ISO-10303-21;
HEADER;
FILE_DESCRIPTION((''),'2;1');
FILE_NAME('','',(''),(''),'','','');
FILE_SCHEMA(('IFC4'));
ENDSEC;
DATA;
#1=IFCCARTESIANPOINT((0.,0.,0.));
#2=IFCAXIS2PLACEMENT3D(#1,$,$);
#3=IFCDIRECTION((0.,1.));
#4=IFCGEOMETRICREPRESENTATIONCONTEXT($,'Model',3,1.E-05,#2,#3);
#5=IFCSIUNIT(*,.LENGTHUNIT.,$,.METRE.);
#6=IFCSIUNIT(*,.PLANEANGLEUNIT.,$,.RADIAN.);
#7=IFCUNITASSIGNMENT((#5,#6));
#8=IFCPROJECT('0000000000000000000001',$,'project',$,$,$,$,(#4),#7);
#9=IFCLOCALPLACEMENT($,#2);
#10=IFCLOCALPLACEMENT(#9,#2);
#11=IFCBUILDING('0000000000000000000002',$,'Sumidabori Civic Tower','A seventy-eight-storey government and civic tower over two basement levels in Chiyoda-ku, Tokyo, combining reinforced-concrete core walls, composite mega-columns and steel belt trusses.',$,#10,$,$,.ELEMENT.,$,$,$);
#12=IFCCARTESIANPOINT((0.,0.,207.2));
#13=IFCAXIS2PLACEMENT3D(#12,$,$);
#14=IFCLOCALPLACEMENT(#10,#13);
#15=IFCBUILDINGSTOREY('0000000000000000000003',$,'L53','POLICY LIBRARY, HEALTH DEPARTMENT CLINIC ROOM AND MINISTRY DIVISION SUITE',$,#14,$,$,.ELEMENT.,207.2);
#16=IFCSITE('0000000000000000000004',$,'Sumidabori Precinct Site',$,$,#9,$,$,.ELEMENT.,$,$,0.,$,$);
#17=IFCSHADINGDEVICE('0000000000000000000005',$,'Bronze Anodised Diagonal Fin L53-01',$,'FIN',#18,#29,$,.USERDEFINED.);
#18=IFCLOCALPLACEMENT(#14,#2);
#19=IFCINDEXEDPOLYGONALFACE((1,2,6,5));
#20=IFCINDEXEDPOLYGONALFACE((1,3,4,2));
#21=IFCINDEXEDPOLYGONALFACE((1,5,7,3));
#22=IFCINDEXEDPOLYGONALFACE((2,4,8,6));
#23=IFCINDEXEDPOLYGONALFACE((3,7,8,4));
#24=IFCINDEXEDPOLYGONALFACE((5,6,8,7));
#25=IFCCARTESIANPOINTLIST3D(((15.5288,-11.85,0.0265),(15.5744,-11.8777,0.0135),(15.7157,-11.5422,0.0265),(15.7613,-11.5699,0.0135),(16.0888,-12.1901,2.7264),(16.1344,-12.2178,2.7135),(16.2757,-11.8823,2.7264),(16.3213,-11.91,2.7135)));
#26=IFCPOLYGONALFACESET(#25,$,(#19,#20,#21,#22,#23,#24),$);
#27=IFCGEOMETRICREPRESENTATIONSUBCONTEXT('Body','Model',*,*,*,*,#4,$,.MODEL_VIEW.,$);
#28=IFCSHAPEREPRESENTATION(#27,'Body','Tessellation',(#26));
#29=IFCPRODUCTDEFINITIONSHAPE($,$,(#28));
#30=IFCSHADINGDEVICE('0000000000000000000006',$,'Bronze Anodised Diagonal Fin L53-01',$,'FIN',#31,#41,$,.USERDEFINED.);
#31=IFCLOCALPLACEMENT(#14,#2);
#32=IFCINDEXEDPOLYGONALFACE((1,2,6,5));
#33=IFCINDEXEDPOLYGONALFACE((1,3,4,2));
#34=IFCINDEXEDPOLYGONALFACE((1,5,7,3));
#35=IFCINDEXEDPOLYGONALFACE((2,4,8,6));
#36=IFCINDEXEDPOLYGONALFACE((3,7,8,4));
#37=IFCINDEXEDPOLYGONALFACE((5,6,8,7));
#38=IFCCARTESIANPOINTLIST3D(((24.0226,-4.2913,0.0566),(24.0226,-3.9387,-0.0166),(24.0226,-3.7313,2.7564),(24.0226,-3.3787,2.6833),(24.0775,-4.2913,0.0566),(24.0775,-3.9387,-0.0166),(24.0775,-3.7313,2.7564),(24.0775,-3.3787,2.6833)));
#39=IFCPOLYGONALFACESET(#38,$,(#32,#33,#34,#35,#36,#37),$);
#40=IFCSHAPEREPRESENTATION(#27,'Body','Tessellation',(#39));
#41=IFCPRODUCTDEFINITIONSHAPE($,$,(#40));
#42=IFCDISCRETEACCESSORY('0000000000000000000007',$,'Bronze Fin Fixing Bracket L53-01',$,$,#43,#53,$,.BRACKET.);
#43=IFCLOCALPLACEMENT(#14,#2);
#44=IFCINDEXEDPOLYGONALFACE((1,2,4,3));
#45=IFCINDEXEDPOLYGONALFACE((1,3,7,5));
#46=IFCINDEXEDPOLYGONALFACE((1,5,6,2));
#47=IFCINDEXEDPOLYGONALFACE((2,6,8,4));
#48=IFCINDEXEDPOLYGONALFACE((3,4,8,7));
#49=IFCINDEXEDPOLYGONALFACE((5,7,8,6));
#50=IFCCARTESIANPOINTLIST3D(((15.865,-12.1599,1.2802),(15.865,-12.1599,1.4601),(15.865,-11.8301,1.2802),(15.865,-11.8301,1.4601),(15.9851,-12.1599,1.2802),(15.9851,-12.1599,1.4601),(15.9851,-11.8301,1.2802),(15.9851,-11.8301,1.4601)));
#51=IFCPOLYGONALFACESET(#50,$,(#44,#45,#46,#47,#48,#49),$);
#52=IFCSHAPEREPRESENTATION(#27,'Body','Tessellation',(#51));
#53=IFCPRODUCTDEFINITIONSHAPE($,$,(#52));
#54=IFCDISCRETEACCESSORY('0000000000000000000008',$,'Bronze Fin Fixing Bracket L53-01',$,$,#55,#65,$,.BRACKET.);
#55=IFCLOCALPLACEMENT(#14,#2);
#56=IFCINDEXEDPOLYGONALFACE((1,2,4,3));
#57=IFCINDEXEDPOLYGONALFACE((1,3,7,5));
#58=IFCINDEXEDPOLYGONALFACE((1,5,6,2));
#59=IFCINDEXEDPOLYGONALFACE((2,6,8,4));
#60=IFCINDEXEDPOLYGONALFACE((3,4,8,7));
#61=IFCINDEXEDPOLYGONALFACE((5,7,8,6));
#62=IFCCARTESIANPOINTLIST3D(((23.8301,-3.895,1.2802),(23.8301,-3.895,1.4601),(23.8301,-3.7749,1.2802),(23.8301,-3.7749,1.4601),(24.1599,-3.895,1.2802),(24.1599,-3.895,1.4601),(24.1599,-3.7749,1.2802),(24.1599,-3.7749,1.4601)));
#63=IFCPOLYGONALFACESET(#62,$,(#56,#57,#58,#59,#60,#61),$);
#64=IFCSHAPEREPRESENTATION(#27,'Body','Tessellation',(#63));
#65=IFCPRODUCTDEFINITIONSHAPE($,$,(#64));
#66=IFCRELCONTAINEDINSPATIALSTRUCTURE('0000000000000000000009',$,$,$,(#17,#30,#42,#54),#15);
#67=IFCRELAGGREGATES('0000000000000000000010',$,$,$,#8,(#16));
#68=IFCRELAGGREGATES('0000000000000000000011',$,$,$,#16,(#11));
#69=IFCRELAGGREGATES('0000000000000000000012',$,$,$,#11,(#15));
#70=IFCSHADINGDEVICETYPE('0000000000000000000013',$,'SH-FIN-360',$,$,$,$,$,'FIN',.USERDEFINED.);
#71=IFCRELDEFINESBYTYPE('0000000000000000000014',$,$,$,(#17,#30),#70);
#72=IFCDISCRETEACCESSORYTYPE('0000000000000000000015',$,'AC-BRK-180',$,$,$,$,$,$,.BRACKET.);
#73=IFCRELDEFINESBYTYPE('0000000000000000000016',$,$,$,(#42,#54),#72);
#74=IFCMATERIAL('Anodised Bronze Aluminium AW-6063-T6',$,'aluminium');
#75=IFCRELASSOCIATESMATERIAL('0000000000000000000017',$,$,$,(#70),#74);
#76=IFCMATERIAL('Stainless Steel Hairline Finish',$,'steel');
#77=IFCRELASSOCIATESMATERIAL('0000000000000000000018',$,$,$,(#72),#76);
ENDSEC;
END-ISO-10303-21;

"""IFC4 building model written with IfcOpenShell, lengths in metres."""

from ifc_helpers import new_model, si_unit, direction, frame, origin, origin_2d, place, context, subcontext, project, spatial, rectangle, extrude, source, transform, mapped, material, material_profile, profile_set, type_object, element, save


model = new_model("IFC4")

# Units and contexts
model_context = context("Model", 3, precision=1e-05, world=origin(), true_north=direction((0.0, 1.0)))
body_context = subcontext(model_context, "Body", "Model", "MODEL_VIEW")
ifc_project = project(units=[si_unit("LENGTHUNIT", "METRE"), si_unit("PLANEANGLEUNIT", "RADIAN")], contexts=[model_context])

# Site, building, storey
site_placement = place(None, origin())
site = spatial("IfcSite", under=ifc_project, at=site_placement, Name="Sumidabori Precinct Site", CompositionType="ELEMENT", RefElevation=0.0)
building_placement = place(site_placement, origin())
building = spatial("IfcBuilding", under=site, at=building_placement, Name="Sumidabori Civic Tower", Description="A seventy-eight-storey government and civic tower over two basement levels in Chiyoda-ku, Tokyo, combining reinforced-concrete core walls, composite mega-columns and steel belt trusses.", CompositionType="ELEMENT")
storey_placement = place(building_placement, frame((0.0, 0.0, 207.2)))
storey = spatial("IfcBuildingStorey", under=building, at=storey_placement, Name="L53", Description="POLICY LIBRARY, HEALTH DEPARTMENT CLINIC ROOM AND MINISTRY DIVISION SUITE", CompositionType="ELEMENT", Elevation=207.2)

# Shared definitions
ifc_material_1 = material(Name="Anodised Bronze Aluminium AW-6063-T6", Category="aluminium")

# Shading devices
ifc_material_profile_1 = material_profile(ifc_material_1, rectangle(XDim=0.0549, YDim=0.3601, at=origin_2d()), Name="BRONZE FIN 360x55")
ifc_profile_set_1 = profile_set([ifc_material_profile_1], Name="Anodised Bronze Aluminium AW-6063-T6")
shading_device_type = type_object("IfcShadingDeviceType", Name="SH-FIN-360", ElementType="FIN", PredefinedType="USERDEFINED", material=ifc_profile_set_1)
shared_shape_1 = source(origin(), body_context, "Body", "SweptSolid", [
    extrude(rectangle(XDim=0.0549, YDim=0.3601, at=origin_2d()), origin(), (0.0, 0.0, 1.0), 2.7783),
])
shading_device_1_placement = place(storey_placement, frame((15.645, -11.71, 0.02), z_axis=(0.201582, -0.122408, 0.971793), x_axis=(0.830642, -0.504396, -0.235837)))
element("IfcShadingDevice", 1, at=shading_device_1_placement, inside=storey, type_object=shading_device_type, Name="Bronze Anodised Diagonal Fin L53-01", ObjectType="FIN", PredefinedType="USERDEFINED", context=body_context, shape_type="MappedRepresentation", body=[
    mapped(shared_shape_1, transform((0.0, 0.0, 0.0), x_axis=(1.0, 0.0, 0.0), y_axis=(0.0, 1.0, 0.0), z_axis=(0.0, 0.0, 1.0), scale=1.0)),
])
shared_shape_2 = source(origin(), body_context, "Body", "SweptSolid", [
    extrude(rectangle(XDim=0.0549, YDim=0.3601, at=origin_2d()), origin(), (0.0, 0.0, 1.0), 2.7573),
])
shading_device_2_placement = place(storey_placement, frame((24.05, -4.115, 0.02), z_axis=(0.0, 0.203109, 0.979156), x_axis=(-1.0, 0.0, 0.0)))
element("IfcShadingDevice", 2, at=shading_device_2_placement, inside=storey, type_object=shading_device_type, Name="Bronze Anodised Diagonal Fin L53-01", ObjectType="FIN", PredefinedType="USERDEFINED", context=body_context, shape_type="MappedRepresentation", body=[
    mapped(shared_shape_2, transform((0.0, 0.0, 0.0), x_axis=(1.0, 0.0, 0.0), y_axis=(0.0, 1.0, 0.0), z_axis=(0.0, 0.0, 1.0), scale=1.0)),
])

# Discrete accessories
ifc_material_2 = material(Name="Stainless Steel Hairline Finish", Category="steel")
ifc_material_profile_2 = material_profile(ifc_material_2, rectangle(XDim=0.1201, YDim=0.1799, at=origin_2d()), Name="STEEL BRACKET 180x120")
ifc_profile_set_2 = profile_set([ifc_material_profile_2], Name="Stainless Steel Hairline Finish")
discrete_accessory_type = type_object("IfcDiscreteAccessoryType", Name="AC-BRK-180", PredefinedType="BRACKET", material=ifc_profile_set_2)
shared_shape_3 = source(origin(), body_context, "Body", "SweptSolid", [
    extrude(rectangle(XDim=0.1201, YDim=0.1799, at=origin_2d()), origin(), (0.0, 0.0, 1.0), 0.3298),
])
for number, where, z_axis, x_axis, name in (
    (3, (15.925, -11.8301, 1.3701), (0.0, -1.0, 0.0), (1.0, 0.0, 0.0), "Bronze Fin Fixing Bracket L53-01"),
    (4, (23.8301, -3.835, 1.3701), (1.0, 0.0, 0.0), (0.0, 1.0, 0.0), "Bronze Fin Fixing Bracket L53-01"),
):
    element("IfcDiscreteAccessory", number, at=place(storey_placement, frame(where, z_axis=z_axis, x_axis=x_axis)), inside=storey, type_object=discrete_accessory_type, Name=name, PredefinedType="BRACKET", context=body_context, shape_type="MappedRepresentation", body=[
        mapped(shared_shape_3, transform((0.0, 0.0, 0.0), x_axis=(1.0, 0.0, 0.0), y_axis=(0.0, 1.0, 0.0), z_axis=(0.0, 0.0, 1.0), scale=1.0)),
    ])

save(model, "model.ifc")
